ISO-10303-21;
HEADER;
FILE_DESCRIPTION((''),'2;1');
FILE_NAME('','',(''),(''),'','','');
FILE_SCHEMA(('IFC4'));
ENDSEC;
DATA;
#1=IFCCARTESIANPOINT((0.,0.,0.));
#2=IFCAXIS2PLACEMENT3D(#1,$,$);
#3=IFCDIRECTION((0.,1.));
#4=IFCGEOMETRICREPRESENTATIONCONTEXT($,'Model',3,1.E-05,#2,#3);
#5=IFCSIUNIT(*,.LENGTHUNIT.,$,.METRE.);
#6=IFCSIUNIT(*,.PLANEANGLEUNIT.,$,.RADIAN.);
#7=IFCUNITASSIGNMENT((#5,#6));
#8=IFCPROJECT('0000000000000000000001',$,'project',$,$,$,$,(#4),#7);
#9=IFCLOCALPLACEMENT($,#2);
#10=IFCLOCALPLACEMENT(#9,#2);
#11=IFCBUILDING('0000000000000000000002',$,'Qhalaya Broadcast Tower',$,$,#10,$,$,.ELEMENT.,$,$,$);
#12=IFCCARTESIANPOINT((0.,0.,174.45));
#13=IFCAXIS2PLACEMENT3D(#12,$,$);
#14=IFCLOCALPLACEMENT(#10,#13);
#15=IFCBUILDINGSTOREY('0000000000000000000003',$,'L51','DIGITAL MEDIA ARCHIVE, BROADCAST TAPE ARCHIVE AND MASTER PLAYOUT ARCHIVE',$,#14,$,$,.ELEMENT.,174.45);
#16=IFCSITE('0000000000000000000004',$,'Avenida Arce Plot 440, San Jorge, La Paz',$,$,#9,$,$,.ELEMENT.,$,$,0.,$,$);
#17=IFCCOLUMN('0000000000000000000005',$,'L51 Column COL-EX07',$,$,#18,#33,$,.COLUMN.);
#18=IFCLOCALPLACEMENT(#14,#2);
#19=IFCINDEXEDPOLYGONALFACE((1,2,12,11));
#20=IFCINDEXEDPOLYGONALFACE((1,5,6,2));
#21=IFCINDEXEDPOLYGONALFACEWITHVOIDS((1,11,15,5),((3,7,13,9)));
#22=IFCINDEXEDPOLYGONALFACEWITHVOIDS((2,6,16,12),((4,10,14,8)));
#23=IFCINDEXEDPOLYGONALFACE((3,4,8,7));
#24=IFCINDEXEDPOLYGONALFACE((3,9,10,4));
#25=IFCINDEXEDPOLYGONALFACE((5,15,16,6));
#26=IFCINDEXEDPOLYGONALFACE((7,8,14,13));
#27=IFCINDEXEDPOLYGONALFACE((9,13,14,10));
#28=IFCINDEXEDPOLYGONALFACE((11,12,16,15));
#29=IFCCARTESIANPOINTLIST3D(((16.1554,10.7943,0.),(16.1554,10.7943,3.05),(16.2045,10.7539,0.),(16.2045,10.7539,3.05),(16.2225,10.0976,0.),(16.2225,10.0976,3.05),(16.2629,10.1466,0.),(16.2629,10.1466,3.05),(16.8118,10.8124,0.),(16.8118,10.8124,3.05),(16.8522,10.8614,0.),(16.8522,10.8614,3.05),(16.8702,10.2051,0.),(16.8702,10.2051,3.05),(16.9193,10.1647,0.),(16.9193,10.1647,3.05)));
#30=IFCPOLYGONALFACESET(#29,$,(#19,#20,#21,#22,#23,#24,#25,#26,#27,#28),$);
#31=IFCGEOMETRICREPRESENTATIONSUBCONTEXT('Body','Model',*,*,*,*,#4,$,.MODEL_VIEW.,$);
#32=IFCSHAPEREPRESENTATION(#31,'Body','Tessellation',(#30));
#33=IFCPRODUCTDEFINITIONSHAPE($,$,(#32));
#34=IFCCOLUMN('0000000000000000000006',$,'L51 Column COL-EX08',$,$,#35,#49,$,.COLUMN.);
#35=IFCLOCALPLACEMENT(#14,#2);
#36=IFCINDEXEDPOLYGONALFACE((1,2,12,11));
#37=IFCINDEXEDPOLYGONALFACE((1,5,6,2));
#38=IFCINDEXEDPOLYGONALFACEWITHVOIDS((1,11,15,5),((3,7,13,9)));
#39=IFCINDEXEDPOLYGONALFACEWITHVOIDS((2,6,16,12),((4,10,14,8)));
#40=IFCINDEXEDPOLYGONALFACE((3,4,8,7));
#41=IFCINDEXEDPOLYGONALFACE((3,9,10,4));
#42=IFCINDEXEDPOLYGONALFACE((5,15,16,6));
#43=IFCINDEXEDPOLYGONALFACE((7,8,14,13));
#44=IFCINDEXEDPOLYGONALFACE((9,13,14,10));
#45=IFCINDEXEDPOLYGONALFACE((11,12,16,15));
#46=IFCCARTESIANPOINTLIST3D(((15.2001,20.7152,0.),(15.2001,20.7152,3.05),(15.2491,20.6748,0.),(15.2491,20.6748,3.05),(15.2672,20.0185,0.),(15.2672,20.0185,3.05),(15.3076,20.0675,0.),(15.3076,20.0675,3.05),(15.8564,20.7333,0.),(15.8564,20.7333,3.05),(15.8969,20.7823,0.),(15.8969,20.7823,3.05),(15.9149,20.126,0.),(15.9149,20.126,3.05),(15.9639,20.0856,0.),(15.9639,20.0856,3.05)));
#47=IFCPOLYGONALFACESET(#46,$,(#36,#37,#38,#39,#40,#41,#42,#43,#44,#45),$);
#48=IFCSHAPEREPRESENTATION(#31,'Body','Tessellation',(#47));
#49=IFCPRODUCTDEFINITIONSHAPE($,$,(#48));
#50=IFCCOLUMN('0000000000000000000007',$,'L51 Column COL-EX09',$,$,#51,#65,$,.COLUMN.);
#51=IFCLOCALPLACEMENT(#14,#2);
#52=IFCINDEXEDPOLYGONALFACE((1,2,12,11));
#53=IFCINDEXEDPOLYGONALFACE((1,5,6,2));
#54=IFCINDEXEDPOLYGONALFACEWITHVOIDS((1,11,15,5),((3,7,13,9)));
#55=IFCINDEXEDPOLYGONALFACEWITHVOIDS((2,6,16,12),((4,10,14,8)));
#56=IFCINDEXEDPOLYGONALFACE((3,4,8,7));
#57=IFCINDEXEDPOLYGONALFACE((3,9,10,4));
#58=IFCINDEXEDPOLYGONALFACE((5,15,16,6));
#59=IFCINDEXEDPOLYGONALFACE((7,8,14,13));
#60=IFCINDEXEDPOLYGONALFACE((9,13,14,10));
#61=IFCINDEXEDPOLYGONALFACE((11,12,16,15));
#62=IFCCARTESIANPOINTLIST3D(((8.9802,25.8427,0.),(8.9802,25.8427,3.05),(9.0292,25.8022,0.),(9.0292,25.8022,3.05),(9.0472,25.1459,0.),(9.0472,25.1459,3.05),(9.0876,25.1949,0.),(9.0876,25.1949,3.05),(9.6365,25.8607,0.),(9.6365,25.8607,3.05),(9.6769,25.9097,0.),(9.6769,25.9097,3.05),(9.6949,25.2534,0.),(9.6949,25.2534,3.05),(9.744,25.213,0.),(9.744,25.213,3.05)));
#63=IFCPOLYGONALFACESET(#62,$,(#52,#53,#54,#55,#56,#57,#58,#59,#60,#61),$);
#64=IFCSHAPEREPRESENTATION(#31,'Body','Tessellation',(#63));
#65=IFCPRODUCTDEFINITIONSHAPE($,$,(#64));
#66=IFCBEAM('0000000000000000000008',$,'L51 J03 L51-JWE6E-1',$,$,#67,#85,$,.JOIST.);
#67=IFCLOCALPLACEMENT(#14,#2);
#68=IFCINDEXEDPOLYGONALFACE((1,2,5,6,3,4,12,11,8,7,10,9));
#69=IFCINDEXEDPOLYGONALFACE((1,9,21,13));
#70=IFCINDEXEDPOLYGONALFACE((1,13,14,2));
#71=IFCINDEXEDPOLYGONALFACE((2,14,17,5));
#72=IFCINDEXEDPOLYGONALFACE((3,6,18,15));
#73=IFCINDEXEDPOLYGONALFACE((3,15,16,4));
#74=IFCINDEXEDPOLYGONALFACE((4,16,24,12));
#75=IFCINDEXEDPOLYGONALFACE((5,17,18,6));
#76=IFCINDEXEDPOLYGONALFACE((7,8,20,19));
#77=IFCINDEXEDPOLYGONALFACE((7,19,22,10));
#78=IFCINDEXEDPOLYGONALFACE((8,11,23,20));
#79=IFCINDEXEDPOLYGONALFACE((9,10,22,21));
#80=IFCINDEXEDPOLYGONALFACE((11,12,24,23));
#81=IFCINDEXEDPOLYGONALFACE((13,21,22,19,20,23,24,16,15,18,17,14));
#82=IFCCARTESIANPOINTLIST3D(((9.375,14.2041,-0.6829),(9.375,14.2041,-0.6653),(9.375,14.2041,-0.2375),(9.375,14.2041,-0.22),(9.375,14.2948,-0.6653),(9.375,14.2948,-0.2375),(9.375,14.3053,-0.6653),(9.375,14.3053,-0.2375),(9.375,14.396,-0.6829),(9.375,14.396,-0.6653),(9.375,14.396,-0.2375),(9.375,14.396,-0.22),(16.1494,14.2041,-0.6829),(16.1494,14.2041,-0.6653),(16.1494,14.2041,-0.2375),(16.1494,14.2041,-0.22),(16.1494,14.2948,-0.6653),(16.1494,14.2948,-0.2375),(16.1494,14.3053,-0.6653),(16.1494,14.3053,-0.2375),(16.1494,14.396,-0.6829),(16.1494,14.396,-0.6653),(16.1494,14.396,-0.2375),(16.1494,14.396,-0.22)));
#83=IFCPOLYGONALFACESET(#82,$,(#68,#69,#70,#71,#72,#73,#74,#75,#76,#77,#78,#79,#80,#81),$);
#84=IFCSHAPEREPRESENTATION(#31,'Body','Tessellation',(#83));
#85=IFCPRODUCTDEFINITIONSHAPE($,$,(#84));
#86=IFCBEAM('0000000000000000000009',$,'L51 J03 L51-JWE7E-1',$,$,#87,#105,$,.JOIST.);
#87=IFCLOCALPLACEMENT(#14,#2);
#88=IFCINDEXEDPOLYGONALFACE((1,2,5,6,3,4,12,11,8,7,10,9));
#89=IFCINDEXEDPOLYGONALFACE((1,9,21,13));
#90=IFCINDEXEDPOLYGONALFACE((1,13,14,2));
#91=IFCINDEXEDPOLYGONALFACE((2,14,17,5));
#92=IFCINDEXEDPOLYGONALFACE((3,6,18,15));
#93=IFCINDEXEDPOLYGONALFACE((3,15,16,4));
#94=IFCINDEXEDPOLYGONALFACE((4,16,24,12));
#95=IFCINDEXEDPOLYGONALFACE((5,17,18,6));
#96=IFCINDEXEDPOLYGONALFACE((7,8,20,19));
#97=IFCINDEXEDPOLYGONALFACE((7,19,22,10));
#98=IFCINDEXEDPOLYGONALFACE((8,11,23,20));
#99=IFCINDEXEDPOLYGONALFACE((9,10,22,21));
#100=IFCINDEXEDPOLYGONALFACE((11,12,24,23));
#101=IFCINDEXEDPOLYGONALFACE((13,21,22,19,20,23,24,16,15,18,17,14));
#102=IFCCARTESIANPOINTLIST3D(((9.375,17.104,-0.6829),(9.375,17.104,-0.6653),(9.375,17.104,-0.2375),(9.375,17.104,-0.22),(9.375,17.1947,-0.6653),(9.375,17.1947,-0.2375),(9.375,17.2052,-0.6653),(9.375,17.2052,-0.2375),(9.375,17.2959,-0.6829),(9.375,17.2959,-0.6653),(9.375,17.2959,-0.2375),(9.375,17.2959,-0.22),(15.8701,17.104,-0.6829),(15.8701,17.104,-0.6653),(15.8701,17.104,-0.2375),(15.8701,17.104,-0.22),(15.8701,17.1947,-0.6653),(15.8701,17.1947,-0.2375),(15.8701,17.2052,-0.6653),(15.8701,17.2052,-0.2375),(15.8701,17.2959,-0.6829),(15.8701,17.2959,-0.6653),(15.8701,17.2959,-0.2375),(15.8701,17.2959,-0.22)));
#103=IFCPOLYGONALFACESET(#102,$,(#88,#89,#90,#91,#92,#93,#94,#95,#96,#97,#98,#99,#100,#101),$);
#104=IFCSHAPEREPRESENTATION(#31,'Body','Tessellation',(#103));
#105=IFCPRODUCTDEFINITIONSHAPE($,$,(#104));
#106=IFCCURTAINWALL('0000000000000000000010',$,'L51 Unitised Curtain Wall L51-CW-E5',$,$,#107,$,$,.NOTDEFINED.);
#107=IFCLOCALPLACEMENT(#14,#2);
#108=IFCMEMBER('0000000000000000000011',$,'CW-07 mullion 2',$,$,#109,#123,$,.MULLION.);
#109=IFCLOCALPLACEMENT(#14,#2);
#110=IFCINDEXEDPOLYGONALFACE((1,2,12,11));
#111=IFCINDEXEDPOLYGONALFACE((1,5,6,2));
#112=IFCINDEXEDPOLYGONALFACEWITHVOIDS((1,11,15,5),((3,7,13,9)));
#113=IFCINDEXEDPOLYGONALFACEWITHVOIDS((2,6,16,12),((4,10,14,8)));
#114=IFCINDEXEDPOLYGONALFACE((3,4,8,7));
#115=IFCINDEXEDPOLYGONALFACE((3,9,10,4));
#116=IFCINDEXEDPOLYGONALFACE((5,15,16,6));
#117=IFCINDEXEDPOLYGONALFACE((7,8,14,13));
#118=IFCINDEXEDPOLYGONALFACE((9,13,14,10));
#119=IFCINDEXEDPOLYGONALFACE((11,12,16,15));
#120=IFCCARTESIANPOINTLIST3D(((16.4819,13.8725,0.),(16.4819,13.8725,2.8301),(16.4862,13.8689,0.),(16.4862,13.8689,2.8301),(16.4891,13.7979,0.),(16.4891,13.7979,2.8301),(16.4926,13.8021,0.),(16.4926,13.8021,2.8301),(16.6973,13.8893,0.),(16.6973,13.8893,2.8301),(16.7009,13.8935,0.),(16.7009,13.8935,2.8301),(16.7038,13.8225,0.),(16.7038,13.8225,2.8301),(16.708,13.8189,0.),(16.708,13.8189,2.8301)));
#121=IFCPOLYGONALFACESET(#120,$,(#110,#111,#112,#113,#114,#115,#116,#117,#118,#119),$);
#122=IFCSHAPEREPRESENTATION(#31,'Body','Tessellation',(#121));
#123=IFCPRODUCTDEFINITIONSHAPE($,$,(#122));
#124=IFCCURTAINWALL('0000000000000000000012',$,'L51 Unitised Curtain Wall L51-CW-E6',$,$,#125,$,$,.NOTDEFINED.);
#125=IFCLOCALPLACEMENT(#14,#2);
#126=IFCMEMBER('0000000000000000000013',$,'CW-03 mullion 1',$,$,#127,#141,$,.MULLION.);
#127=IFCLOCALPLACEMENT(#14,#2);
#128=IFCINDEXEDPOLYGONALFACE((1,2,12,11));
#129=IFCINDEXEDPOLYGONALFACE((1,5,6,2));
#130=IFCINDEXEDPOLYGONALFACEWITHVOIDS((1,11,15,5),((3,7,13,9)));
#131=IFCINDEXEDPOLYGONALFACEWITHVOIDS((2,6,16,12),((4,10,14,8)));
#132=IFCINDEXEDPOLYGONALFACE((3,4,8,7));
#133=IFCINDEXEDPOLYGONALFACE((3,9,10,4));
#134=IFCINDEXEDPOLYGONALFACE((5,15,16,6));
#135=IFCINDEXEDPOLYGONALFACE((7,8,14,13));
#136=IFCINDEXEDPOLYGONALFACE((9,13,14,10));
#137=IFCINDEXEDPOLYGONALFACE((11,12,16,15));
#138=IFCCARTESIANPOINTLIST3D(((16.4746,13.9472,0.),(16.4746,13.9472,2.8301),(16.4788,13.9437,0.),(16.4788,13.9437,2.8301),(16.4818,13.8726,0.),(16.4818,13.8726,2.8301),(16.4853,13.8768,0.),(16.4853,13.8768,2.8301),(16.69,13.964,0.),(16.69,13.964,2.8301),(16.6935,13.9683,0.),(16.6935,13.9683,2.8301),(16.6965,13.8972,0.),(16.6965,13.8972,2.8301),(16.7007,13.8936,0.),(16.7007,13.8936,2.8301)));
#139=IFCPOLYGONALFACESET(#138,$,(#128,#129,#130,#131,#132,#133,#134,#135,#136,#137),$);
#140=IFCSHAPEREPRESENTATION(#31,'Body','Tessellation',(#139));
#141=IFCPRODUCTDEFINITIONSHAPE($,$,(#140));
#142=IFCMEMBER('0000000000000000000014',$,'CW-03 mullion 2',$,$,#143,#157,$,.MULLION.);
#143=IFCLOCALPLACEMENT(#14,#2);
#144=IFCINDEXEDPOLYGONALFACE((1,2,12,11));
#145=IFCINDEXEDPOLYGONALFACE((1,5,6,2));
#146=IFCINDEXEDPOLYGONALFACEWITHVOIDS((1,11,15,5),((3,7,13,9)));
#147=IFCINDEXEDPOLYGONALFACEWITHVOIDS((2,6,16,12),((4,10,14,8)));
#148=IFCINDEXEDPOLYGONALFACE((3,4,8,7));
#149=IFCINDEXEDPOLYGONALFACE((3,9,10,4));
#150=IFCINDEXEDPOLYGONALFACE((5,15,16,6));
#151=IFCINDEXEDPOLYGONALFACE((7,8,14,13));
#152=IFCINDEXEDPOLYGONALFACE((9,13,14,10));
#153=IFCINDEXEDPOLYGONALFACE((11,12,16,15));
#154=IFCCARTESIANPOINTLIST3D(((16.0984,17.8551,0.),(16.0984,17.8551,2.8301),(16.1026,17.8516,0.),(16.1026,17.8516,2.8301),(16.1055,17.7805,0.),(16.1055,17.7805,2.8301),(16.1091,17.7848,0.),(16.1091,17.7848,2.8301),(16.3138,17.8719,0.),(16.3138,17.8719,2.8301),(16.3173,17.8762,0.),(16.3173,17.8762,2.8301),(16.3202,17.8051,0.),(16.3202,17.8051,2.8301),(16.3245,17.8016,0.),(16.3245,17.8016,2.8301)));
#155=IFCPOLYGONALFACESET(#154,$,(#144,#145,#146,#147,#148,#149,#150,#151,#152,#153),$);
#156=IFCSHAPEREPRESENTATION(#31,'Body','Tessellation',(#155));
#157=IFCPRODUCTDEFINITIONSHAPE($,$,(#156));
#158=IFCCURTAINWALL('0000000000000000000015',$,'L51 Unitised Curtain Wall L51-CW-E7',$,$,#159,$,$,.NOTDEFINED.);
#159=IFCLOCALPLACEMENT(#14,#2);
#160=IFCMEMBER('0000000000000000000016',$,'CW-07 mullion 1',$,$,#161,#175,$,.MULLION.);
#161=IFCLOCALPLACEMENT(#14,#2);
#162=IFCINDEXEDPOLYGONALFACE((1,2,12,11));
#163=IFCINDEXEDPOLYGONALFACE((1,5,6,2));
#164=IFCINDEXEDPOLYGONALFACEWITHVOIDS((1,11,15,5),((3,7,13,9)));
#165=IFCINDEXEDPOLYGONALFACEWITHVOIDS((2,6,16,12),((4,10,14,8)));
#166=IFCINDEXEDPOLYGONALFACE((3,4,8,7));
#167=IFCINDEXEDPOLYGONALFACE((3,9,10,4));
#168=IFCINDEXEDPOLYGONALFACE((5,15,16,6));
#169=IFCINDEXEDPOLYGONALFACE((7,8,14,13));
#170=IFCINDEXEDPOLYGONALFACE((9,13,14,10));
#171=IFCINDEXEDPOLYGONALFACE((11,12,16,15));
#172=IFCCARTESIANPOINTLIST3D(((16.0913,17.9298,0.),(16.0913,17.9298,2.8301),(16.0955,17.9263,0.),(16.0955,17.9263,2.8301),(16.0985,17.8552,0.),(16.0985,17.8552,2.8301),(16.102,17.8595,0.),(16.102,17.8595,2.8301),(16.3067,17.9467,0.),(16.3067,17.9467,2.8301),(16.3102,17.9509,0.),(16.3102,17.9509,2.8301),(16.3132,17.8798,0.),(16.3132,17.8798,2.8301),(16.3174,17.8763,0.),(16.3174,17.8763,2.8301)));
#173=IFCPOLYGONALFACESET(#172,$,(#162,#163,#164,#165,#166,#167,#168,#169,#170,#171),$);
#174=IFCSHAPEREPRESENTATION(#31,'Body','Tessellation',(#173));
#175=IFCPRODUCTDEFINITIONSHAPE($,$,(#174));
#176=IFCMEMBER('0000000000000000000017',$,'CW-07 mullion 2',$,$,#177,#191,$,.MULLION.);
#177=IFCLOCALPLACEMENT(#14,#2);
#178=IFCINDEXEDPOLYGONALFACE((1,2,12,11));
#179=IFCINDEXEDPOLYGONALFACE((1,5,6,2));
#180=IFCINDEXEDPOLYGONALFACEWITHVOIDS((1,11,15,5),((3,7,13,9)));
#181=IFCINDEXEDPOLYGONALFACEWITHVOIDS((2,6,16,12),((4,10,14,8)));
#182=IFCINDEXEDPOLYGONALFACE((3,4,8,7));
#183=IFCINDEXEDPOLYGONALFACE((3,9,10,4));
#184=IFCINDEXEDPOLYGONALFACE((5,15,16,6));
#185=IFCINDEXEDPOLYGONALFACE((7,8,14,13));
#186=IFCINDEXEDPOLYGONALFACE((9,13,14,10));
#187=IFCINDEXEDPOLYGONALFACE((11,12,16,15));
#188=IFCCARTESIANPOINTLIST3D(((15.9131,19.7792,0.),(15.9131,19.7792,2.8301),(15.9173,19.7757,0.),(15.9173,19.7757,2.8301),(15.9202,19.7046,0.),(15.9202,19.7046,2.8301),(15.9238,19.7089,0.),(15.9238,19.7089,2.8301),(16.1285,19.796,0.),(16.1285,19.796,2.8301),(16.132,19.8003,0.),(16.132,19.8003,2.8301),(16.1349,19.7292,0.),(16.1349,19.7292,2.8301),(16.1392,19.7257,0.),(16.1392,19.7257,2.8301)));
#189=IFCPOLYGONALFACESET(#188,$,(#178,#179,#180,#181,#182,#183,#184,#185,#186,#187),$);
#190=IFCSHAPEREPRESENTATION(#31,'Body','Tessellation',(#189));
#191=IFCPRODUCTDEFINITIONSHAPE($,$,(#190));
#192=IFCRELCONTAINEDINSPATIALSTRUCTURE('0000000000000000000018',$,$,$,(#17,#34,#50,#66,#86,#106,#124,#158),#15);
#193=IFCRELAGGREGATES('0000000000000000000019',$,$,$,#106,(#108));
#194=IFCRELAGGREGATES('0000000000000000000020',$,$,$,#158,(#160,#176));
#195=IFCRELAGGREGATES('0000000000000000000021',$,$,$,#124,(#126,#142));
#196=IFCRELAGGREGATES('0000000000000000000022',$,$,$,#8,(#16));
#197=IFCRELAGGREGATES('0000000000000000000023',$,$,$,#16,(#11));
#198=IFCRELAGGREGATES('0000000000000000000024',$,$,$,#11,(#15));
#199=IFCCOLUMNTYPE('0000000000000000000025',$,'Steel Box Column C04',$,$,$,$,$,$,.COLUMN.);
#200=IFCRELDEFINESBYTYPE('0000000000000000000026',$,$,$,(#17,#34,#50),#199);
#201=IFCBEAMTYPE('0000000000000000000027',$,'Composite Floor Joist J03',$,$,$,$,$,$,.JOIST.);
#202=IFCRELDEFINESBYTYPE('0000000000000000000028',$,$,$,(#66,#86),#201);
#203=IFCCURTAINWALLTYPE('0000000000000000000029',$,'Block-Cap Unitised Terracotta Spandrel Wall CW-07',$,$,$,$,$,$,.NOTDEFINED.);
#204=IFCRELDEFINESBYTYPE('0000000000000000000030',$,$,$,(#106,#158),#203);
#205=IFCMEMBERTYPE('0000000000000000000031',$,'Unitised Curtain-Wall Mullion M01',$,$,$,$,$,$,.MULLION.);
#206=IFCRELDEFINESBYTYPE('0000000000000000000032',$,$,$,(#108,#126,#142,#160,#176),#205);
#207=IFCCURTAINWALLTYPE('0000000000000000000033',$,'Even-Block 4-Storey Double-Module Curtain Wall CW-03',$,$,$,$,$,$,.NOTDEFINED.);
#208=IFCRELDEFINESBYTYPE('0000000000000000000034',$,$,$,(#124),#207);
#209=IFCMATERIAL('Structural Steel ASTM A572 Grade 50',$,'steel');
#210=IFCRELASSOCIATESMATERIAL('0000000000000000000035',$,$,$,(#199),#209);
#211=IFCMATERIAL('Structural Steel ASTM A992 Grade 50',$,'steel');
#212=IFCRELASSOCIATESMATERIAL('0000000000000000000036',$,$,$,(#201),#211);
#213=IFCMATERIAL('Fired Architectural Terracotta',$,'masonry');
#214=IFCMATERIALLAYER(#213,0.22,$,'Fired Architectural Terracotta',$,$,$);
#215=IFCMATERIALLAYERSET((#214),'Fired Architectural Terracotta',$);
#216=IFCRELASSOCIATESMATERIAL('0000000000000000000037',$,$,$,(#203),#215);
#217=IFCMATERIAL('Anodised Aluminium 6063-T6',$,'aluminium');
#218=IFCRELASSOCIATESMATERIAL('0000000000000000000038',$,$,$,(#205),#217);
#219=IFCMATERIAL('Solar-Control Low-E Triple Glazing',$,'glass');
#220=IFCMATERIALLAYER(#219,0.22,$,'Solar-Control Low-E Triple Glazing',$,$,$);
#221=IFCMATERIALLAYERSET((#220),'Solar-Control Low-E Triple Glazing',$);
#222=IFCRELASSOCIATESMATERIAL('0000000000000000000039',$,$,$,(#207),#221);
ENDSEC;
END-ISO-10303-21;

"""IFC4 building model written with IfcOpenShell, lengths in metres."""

from ifc_helpers import new_model, si_unit, direction, frame, origin, origin_2d, place, context, subcontext, project, spatial, hollow_rectangle, i_section, extrude, material, layer, layer_set, material_profile, profile_set, type_object, element, aggregate, save


model = new_model("IFC4")

# Units and contexts
model_context = context("Model", 3, precision=1e-05, world=origin(), true_north=direction((0.0, 1.0)))
body_context = subcontext(model_context, "Body", "Model", "MODEL_VIEW")
ifc_project = project(units=[si_unit("LENGTHUNIT", "METRE"), si_unit("PLANEANGLEUNIT", "RADIAN")], contexts=[model_context])

# Site, building, storey
site_placement = place(None, origin())
site = spatial("IfcSite", under=ifc_project, at=site_placement, Name="Avenida Arce Plot 440, San Jorge, La Paz", CompositionType="ELEMENT", RefElevation=0.0)
building_placement = place(site_placement, origin())
building = spatial("IfcBuilding", under=site, at=building_placement, Name="Qhalaya Broadcast Tower", CompositionType="ELEMENT")
storey_placement = place(building_placement, frame((0.0, 0.0, 174.45)))
storey = spatial("IfcBuildingStorey", under=building, at=storey_placement, Name="L51", Description="DIGITAL MEDIA ARCHIVE, BROADCAST TAPE ARCHIVE AND MASTER PLAYOUT ARCHIVE", CompositionType="ELEMENT", Elevation=174.45)

# Columns
ifc_material_1 = material(Name="Structural Steel ASTM A572 Grade 50", Category="steel")
ifc_material_profile_1 = material_profile(ifc_material_1, hollow_rectangle(XDim=0.7, YDim=0.7, WallThickness=0.0449, at=origin_2d()), Name="BOX 700x700x45")
ifc_profile_set_1 = profile_set([ifc_material_profile_1], Name="Structural Steel ASTM A572 Grade 50")
column_type = type_object("IfcColumnType", Name="Steel Box Column C04", PredefinedType="COLUMN", material=ifc_profile_set_1)
for number, where, z_axis, x_axis, name in (
    (1, (16.5374, 10.4795, 0.0), (0.0, 0.0, 1.0), (-0.095846, 0.995396, 0.0), "L51 Column COL-EX07"),
    (2, (15.582, 20.4004, 0.0), (0.0, 0.0, 1.0), (-0.095846, 0.995396, 0.0), "L51 Column COL-EX08"),
    (3, (9.3621, 25.5278, 0.0), (0.0, 0.0, 1.0), (0.995396, 0.095846, 0.0), "L51 Column COL-EX09"),
):
    element("IfcColumn", number, at=place(storey_placement, frame(where, z_axis=z_axis, x_axis=x_axis)), inside=storey, type_object=column_type, Name=name, PredefinedType="COLUMN", context=body_context, shape_type="SweptSolid", body=[
        extrude(hollow_rectangle(XDim=0.7, YDim=0.7, WallThickness=0.0449, at=origin_2d()), origin(), (0.0, 0.0, 1.0), 3.05),
    ])

# Beams
ifc_material_2 = material(Name="Structural Steel ASTM A992 Grade 50", Category="steel")
ifc_material_profile_2 = material_profile(ifc_material_2, i_section(OverallWidth=0.1919, OverallDepth=0.4629, WebThickness=0.0105, FlangeThickness=0.0176, at=origin_2d()), Name="W18X60")
ifc_profile_set_2 = profile_set([ifc_material_profile_2], Name="Structural Steel ASTM A992 Grade 50")
beam_type_1 = type_object("IfcBeamType", Name="Composite Floor Joist J03", PredefinedType="JOIST", material=ifc_profile_set_2)
beam_1_placement = place(storey_placement, frame((9.375, 14.3, -0.4514), z_axis=(1.0, 0.0, 0.0), x_axis=(0.0, 1.0, 0.0)))
element("IfcBeam", 4, at=beam_1_placement, inside=storey, type_object=beam_type_1, Name="L51 J03 L51-JWE6E-1", PredefinedType="JOIST", context=body_context, shape_type="SweptSolid", body=[
    extrude(i_section(OverallWidth=0.1919, OverallDepth=0.4629, WebThickness=0.0105, FlangeThickness=0.0176, at=origin_2d()), origin(), (0.0, 0.0, 1.0), 6.7744),
])
beam_2_placement = place(storey_placement, frame((9.375, 17.2, -0.4514), z_axis=(1.0, 0.0, 0.0), x_axis=(0.0, 1.0, 0.0)))
element("IfcBeam", 5, at=beam_2_placement, inside=storey, type_object=beam_type_1, Name="L51 J03 L51-JWE7E-1", PredefinedType="JOIST", context=body_context, shape_type="SweptSolid", body=[
    extrude(i_section(OverallWidth=0.1919, OverallDepth=0.4629, WebThickness=0.0105, FlangeThickness=0.0176, at=origin_2d()), origin(), (0.0, 0.0, 1.0), 6.4951),
])

# Curtain wall, member
ifc_material_3 = material(Name="Fired Architectural Terracotta", Category="masonry")
ifc_layer_1 = layer(ifc_material_3, 0.22, Name="Fired Architectural Terracotta")
ifc_layer_set_1 = layer_set([ifc_layer_1], Name="Fired Architectural Terracotta")
curtain_wall_type_1 = type_object("IfcCurtainWallType", Name="Block-Cap Unitised Terracotta Spandrel Wall CW-07", PredefinedType="NOTDEFINED", material=ifc_layer_set_1)
curtain_wall_1_placement = place(storey_placement, origin())
curtain_wall_1 = element("IfcCurtainWall", 6, at=curtain_wall_1_placement, inside=storey, type_object=curtain_wall_type_1, Name="L51 Unitised Curtain Wall L51-CW-E5", PredefinedType="NOTDEFINED")
ifc_material_4 = material(Name="Anodised Aluminium 6063-T6", Category="aluminium")
ifc_material_profile_3 = material_profile(ifc_material_4, hollow_rectangle(XDim=0.075, YDim=0.22, WallThickness=0.0039, at=origin_2d()), Name="ALU-MUL 75x220x4")
ifc_profile_set_3 = profile_set([ifc_material_profile_3], Name="Anodised Aluminium 6063-T6")
member_type_1 = type_object("IfcMemberType", Name="Unitised Curtain-Wall Mullion M01", PredefinedType="MULLION", material=ifc_profile_set_3)
member_1_placement = place(storey_placement, frame((16.595, 13.8457, 0.0), z_axis=(0.0, 0.0, 1.0), x_axis=(-0.095854, 0.995395, 0.0)))
member_1 = element("IfcMember", 7, at=member_1_placement, type_object=member_type_1, Name="CW-07 mullion 2", PredefinedType="MULLION", context=body_context, shape_type="SweptSolid", body=[
    extrude(hollow_rectangle(XDim=0.075, YDim=0.22, WallThickness=0.0039, at=origin_2d()), origin(), (0.0, 0.0, 1.0), 2.8301),
])

# Curtain walls, members
ifc_material_5 = material(Name="Solar-Control Low-E Triple Glazing", Category="glass")
ifc_layer_2 = layer(ifc_material_5, 0.22, Name="Solar-Control Low-E Triple Glazing")
ifc_layer_set_2 = layer_set([ifc_layer_2], Name="Solar-Control Low-E Triple Glazing")
curtain_wall_type_2 = type_object("IfcCurtainWallType", Name="Even-Block 4-Storey Double-Module Curtain Wall CW-03", PredefinedType="NOTDEFINED", material=ifc_layer_set_2)
curtain_wall_2_placement = place(storey_placement, origin())
curtain_wall_2 = element("IfcCurtainWall", 8, at=curtain_wall_2_placement, inside=storey, type_object=curtain_wall_type_2, Name="L51 Unitised Curtain Wall L51-CW-E6", PredefinedType="NOTDEFINED")
member_2_placement = place(storey_placement, frame((16.5876, 13.9204, 0.0), z_axis=(0.0, 0.0, 1.0), x_axis=(-0.095826, 0.995398, 0.0)))
member_2 = element("IfcMember", 9, at=member_2_placement, type_object=member_type_1, Name="CW-03 mullion 1", PredefinedType="MULLION", context=body_context, shape_type="SweptSolid", body=[
    extrude(hollow_rectangle(XDim=0.075, YDim=0.22, WallThickness=0.0039, at=origin_2d()), origin(), (0.0, 0.0, 1.0), 2.8301),
])
member_3_placement = place(storey_placement, frame((16.2114, 17.8284, 0.0), z_axis=(0.0, 0.0, 1.0), x_axis=(-0.095826, 0.995398, 0.0)))
member_3 = element("IfcMember", 10, at=member_3_placement, type_object=member_type_1, Name="CW-03 mullion 2", PredefinedType="MULLION", context=body_context, shape_type="SweptSolid", body=[
    extrude(hollow_rectangle(XDim=0.075, YDim=0.22, WallThickness=0.0039, at=origin_2d()), origin(), (0.0, 0.0, 1.0), 2.8301),
])
curtain_wall_3_placement = place(storey_placement, origin())
curtain_wall_3 = element("IfcCurtainWall", 11, at=curtain_wall_3_placement, inside=storey, type_object=curtain_wall_type_1, Name="L51 Unitised Curtain Wall L51-CW-E7", PredefinedType="NOTDEFINED")
member_4_placement = place(storey_placement, frame((16.2043, 17.9031, 0.0), z_axis=(0.0, 0.0, 1.0), x_axis=(-0.095861, 0.995395, 0.0)))
member_4 = element("IfcMember", 12, at=member_4_placement, type_object=member_type_1, Name="CW-07 mullion 1", PredefinedType="MULLION", context=body_context, shape_type="SweptSolid", body=[
    extrude(hollow_rectangle(XDim=0.075, YDim=0.22, WallThickness=0.0039, at=origin_2d()), origin(), (0.0, 0.0, 1.0), 2.8301),
])
member_5_placement = place(storey_placement, frame((16.0261, 19.7524, 0.0), z_axis=(0.0, 0.0, 1.0), x_axis=(-0.095861, 0.995395, 0.0)))
member_5 = element("IfcMember", 13, at=member_5_placement, type_object=member_type_1, Name="CW-07 mullion 2", PredefinedType="MULLION", context=body_context, shape_type="SweptSolid", body=[
    extrude(hollow_rectangle(XDim=0.075, YDim=0.22, WallThickness=0.0039, at=origin_2d()), origin(), (0.0, 0.0, 1.0), 2.8301),
])

aggregate(curtain_wall_1, [member_1])
aggregate(curtain_wall_3, [member_4, member_5])
aggregate(curtain_wall_2, [member_2, member_3])

save(model, "model.ifc")
